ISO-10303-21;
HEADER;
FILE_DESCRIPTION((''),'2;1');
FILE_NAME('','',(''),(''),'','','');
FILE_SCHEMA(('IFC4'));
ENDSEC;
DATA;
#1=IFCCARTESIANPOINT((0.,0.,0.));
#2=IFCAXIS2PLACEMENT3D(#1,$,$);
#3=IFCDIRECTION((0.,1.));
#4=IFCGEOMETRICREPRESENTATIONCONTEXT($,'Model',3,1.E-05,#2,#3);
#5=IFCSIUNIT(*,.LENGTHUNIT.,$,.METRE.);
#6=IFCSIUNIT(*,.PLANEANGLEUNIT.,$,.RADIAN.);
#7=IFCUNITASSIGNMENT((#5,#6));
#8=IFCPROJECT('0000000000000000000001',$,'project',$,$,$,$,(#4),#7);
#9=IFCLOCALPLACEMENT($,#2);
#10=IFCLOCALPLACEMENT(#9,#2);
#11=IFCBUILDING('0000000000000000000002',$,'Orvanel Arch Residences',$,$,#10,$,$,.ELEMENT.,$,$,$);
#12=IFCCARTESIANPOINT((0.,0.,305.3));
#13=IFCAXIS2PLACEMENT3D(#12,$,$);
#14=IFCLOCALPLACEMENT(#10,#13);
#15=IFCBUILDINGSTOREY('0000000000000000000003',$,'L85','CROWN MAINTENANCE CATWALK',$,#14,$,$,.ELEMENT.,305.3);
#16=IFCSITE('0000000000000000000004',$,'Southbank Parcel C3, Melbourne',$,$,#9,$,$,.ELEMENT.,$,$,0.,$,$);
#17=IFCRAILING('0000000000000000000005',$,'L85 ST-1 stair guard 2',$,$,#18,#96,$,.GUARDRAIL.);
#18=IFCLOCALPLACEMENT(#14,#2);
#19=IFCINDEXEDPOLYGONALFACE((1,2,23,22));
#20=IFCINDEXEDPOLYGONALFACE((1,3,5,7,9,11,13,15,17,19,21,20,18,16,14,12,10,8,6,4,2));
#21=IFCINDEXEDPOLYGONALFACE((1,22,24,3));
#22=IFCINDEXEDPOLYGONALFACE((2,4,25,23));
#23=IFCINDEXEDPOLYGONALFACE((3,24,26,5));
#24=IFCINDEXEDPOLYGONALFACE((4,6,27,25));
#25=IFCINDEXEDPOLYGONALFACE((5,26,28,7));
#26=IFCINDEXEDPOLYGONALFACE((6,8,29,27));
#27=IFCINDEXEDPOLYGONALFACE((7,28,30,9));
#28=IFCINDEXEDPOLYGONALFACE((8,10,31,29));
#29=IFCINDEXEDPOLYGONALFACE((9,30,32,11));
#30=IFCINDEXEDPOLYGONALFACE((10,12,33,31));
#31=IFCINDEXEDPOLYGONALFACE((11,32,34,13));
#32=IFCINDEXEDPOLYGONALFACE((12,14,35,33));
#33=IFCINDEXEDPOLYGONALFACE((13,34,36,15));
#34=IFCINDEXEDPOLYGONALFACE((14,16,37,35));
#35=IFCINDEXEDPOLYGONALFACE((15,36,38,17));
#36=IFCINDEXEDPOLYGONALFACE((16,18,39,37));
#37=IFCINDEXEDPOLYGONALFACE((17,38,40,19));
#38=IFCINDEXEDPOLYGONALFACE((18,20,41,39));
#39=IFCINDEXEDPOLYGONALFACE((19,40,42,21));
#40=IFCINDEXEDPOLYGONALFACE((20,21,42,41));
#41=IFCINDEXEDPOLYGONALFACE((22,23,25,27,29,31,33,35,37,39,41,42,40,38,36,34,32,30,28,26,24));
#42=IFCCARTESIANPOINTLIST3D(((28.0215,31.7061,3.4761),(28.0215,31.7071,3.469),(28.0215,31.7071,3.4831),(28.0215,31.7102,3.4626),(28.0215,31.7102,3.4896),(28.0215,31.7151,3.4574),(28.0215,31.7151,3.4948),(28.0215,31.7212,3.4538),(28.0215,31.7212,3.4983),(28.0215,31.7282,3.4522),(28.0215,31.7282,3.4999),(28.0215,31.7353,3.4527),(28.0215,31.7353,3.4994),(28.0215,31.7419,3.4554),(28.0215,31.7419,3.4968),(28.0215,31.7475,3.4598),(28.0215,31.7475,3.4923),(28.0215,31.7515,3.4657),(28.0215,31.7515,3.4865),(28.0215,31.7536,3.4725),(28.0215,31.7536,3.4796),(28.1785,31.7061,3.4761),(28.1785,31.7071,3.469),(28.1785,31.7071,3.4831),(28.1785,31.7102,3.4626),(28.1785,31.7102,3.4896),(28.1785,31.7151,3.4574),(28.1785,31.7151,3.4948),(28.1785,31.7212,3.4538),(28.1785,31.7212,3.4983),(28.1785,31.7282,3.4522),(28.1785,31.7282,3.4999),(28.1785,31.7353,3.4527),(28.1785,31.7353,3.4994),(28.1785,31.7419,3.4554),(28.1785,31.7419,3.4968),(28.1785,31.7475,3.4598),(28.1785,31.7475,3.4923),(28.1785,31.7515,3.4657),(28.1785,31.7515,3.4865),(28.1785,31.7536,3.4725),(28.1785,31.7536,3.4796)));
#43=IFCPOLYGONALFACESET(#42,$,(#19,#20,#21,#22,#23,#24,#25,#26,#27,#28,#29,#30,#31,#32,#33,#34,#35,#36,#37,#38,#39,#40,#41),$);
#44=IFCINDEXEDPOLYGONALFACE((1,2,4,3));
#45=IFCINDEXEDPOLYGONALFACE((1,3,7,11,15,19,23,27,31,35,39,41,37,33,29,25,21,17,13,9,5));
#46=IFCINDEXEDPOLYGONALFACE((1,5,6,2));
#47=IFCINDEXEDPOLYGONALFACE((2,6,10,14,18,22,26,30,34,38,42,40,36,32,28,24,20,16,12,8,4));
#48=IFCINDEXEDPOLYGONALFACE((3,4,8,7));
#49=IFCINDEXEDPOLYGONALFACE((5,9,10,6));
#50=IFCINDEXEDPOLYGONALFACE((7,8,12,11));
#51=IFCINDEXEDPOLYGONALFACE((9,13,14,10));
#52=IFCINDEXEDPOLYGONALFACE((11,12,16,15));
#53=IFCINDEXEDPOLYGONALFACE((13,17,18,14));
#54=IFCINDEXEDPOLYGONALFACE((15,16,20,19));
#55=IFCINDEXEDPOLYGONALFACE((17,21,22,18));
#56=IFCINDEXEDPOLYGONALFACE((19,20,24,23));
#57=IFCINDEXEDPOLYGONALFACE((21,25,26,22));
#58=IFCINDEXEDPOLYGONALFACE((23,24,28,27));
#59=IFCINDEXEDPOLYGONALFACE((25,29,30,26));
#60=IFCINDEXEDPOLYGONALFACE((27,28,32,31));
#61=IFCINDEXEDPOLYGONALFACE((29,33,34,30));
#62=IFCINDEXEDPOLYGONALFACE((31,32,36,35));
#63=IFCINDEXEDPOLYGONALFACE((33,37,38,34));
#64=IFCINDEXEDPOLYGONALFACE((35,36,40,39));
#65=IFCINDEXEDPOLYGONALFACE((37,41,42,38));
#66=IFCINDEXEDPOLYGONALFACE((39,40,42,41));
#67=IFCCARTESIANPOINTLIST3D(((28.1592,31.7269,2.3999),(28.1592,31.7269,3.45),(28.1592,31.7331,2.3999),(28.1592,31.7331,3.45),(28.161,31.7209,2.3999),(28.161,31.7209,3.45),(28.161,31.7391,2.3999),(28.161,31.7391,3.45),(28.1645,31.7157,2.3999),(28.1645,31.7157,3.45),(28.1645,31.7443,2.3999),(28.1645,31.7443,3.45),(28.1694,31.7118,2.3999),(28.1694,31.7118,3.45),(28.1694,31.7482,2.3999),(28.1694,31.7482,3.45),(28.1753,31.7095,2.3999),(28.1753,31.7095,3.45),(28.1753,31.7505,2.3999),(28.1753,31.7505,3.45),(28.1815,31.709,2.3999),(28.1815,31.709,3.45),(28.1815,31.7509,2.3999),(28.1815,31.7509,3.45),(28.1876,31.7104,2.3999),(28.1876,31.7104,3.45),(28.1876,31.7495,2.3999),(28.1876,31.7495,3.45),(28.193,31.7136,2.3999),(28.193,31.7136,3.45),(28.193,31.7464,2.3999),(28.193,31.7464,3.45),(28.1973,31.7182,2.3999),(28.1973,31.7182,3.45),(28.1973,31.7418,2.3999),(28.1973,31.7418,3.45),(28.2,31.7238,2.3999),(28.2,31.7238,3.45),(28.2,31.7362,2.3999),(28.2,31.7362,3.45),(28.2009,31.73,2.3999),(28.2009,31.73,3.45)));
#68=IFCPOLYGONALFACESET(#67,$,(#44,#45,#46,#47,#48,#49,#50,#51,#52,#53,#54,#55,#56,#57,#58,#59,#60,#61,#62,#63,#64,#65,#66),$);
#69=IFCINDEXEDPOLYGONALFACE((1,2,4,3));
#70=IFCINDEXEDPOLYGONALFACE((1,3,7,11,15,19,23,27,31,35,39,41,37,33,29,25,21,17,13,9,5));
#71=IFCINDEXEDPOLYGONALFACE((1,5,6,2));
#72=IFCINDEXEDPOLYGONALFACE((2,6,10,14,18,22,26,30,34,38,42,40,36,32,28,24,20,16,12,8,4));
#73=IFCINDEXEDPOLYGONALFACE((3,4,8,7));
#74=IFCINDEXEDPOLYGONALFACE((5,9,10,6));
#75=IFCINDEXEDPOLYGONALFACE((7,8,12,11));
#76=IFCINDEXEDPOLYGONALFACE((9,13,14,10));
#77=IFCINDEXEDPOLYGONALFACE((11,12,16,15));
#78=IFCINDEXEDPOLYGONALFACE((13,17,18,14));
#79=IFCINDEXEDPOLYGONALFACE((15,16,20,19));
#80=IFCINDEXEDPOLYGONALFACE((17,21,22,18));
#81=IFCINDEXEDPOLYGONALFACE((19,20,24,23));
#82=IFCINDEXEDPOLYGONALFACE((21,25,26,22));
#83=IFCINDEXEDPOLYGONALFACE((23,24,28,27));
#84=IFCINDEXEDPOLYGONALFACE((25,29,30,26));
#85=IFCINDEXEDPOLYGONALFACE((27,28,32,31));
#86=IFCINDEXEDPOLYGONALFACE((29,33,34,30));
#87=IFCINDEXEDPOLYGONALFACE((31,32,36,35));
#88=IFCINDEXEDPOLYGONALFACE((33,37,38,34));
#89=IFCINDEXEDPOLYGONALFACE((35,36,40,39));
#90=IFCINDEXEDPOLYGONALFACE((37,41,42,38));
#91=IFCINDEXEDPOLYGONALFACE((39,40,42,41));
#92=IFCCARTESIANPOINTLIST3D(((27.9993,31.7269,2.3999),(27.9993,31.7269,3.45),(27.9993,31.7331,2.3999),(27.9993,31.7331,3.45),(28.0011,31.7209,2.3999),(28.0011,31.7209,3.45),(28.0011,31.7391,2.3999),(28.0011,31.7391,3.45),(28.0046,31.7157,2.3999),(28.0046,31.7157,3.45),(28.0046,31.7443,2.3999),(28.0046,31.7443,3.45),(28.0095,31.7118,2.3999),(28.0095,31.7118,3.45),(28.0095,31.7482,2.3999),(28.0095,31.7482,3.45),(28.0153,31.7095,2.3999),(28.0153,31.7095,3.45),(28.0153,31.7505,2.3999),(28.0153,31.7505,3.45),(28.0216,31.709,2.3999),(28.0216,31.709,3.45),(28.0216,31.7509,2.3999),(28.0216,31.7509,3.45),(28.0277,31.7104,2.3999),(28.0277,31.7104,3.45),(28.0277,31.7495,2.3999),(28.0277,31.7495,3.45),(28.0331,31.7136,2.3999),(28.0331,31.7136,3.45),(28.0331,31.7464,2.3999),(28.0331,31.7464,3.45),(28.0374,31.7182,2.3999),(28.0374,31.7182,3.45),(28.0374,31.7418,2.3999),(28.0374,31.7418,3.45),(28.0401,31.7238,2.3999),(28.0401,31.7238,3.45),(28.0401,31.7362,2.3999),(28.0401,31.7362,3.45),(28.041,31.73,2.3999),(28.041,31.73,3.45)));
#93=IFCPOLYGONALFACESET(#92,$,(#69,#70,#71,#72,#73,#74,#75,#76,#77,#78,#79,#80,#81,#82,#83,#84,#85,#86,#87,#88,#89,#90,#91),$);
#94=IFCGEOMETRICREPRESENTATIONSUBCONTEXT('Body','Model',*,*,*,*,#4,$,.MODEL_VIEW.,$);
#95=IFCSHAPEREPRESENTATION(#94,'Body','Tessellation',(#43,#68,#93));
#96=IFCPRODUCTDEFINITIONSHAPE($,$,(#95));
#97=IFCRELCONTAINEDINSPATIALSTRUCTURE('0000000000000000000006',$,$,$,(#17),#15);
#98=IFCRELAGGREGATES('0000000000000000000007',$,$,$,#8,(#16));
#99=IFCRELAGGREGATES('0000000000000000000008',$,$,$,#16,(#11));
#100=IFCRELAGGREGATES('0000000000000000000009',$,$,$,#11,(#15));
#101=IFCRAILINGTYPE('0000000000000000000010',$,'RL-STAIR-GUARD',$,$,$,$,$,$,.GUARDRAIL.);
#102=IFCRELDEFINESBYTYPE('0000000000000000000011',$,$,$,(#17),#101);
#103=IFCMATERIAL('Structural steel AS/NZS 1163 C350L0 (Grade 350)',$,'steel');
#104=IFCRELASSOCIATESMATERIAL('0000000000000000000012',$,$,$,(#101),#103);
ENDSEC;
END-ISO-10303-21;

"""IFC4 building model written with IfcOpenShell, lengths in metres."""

from ifc_helpers import new_model, si_unit, direction, frame, origin, origin_2d, place, context, subcontext, project, spatial, circle, extrude, material, type_object, element, save


model = new_model("IFC4")

# Units and contexts
model_context = context("Model", 3, precision=1e-05, world=origin(), true_north=direction((0.0, 1.0)))
body_context = subcontext(model_context, "Body", "Model", "MODEL_VIEW")
ifc_project = project(units=[si_unit("LENGTHUNIT", "METRE"), si_unit("PLANEANGLEUNIT", "RADIAN")], contexts=[model_context])

# Site, building, storey
site_placement = place(None, origin())
site = spatial("IfcSite", under=ifc_project, at=site_placement, Name="Southbank Parcel C3, Melbourne", CompositionType="ELEMENT", RefElevation=0.0)
building_placement = place(site_placement, origin())
building = spatial("IfcBuilding", under=site, at=building_placement, Name="Orvanel Arch Residences", CompositionType="ELEMENT")
storey_placement = place(building_placement, frame((0.0, 0.0, 305.3)))
storey = spatial("IfcBuildingStorey", under=building, at=storey_placement, Name="L85", Description="CROWN MAINTENANCE CATWALK", CompositionType="ELEMENT", Elevation=305.3)

# Shared definitions
ifc_material_1 = material(Name="Structural steel AS/NZS 1163 C350L0 (Grade 350)", Category="steel")

# Railing
railing_type_1 = type_object("IfcRailingType", Name="RL-STAIR-GUARD", PredefinedType="GUARDRAIL", material=ifc_material_1)
railing_1_placement = place(storey_placement, frame((28.1799, 31.73, 2.3999)))
element("IfcRailing", 1, at=railing_1_placement, inside=storey, type_object=railing_type_1, Name="L85 ST-1 stair guard 2", PredefinedType="GUARDRAIL", context=body_context, shape_type="SweptSolid", body=[
    extrude(circle(Radius=0.0239, at=origin_2d()), frame((-0.0015, 0.0, 1.0762), z_axis=(-1.0, 0.0, 0.0), x_axis=(0.0, -1.0, 0.0)), (0.0, 0.0, 1.0), 0.157),
    extrude(circle(Radius=0.021, at=origin_2d()), origin(), (0.0, 0.0, 1.0), 1.05),
    extrude(circle(Radius=0.021, at=origin_2d()), frame((-0.1599, 0.0, 0.0)), (0.0, 0.0, 1.0), 1.05),
])

save(model, "model.ifc")
